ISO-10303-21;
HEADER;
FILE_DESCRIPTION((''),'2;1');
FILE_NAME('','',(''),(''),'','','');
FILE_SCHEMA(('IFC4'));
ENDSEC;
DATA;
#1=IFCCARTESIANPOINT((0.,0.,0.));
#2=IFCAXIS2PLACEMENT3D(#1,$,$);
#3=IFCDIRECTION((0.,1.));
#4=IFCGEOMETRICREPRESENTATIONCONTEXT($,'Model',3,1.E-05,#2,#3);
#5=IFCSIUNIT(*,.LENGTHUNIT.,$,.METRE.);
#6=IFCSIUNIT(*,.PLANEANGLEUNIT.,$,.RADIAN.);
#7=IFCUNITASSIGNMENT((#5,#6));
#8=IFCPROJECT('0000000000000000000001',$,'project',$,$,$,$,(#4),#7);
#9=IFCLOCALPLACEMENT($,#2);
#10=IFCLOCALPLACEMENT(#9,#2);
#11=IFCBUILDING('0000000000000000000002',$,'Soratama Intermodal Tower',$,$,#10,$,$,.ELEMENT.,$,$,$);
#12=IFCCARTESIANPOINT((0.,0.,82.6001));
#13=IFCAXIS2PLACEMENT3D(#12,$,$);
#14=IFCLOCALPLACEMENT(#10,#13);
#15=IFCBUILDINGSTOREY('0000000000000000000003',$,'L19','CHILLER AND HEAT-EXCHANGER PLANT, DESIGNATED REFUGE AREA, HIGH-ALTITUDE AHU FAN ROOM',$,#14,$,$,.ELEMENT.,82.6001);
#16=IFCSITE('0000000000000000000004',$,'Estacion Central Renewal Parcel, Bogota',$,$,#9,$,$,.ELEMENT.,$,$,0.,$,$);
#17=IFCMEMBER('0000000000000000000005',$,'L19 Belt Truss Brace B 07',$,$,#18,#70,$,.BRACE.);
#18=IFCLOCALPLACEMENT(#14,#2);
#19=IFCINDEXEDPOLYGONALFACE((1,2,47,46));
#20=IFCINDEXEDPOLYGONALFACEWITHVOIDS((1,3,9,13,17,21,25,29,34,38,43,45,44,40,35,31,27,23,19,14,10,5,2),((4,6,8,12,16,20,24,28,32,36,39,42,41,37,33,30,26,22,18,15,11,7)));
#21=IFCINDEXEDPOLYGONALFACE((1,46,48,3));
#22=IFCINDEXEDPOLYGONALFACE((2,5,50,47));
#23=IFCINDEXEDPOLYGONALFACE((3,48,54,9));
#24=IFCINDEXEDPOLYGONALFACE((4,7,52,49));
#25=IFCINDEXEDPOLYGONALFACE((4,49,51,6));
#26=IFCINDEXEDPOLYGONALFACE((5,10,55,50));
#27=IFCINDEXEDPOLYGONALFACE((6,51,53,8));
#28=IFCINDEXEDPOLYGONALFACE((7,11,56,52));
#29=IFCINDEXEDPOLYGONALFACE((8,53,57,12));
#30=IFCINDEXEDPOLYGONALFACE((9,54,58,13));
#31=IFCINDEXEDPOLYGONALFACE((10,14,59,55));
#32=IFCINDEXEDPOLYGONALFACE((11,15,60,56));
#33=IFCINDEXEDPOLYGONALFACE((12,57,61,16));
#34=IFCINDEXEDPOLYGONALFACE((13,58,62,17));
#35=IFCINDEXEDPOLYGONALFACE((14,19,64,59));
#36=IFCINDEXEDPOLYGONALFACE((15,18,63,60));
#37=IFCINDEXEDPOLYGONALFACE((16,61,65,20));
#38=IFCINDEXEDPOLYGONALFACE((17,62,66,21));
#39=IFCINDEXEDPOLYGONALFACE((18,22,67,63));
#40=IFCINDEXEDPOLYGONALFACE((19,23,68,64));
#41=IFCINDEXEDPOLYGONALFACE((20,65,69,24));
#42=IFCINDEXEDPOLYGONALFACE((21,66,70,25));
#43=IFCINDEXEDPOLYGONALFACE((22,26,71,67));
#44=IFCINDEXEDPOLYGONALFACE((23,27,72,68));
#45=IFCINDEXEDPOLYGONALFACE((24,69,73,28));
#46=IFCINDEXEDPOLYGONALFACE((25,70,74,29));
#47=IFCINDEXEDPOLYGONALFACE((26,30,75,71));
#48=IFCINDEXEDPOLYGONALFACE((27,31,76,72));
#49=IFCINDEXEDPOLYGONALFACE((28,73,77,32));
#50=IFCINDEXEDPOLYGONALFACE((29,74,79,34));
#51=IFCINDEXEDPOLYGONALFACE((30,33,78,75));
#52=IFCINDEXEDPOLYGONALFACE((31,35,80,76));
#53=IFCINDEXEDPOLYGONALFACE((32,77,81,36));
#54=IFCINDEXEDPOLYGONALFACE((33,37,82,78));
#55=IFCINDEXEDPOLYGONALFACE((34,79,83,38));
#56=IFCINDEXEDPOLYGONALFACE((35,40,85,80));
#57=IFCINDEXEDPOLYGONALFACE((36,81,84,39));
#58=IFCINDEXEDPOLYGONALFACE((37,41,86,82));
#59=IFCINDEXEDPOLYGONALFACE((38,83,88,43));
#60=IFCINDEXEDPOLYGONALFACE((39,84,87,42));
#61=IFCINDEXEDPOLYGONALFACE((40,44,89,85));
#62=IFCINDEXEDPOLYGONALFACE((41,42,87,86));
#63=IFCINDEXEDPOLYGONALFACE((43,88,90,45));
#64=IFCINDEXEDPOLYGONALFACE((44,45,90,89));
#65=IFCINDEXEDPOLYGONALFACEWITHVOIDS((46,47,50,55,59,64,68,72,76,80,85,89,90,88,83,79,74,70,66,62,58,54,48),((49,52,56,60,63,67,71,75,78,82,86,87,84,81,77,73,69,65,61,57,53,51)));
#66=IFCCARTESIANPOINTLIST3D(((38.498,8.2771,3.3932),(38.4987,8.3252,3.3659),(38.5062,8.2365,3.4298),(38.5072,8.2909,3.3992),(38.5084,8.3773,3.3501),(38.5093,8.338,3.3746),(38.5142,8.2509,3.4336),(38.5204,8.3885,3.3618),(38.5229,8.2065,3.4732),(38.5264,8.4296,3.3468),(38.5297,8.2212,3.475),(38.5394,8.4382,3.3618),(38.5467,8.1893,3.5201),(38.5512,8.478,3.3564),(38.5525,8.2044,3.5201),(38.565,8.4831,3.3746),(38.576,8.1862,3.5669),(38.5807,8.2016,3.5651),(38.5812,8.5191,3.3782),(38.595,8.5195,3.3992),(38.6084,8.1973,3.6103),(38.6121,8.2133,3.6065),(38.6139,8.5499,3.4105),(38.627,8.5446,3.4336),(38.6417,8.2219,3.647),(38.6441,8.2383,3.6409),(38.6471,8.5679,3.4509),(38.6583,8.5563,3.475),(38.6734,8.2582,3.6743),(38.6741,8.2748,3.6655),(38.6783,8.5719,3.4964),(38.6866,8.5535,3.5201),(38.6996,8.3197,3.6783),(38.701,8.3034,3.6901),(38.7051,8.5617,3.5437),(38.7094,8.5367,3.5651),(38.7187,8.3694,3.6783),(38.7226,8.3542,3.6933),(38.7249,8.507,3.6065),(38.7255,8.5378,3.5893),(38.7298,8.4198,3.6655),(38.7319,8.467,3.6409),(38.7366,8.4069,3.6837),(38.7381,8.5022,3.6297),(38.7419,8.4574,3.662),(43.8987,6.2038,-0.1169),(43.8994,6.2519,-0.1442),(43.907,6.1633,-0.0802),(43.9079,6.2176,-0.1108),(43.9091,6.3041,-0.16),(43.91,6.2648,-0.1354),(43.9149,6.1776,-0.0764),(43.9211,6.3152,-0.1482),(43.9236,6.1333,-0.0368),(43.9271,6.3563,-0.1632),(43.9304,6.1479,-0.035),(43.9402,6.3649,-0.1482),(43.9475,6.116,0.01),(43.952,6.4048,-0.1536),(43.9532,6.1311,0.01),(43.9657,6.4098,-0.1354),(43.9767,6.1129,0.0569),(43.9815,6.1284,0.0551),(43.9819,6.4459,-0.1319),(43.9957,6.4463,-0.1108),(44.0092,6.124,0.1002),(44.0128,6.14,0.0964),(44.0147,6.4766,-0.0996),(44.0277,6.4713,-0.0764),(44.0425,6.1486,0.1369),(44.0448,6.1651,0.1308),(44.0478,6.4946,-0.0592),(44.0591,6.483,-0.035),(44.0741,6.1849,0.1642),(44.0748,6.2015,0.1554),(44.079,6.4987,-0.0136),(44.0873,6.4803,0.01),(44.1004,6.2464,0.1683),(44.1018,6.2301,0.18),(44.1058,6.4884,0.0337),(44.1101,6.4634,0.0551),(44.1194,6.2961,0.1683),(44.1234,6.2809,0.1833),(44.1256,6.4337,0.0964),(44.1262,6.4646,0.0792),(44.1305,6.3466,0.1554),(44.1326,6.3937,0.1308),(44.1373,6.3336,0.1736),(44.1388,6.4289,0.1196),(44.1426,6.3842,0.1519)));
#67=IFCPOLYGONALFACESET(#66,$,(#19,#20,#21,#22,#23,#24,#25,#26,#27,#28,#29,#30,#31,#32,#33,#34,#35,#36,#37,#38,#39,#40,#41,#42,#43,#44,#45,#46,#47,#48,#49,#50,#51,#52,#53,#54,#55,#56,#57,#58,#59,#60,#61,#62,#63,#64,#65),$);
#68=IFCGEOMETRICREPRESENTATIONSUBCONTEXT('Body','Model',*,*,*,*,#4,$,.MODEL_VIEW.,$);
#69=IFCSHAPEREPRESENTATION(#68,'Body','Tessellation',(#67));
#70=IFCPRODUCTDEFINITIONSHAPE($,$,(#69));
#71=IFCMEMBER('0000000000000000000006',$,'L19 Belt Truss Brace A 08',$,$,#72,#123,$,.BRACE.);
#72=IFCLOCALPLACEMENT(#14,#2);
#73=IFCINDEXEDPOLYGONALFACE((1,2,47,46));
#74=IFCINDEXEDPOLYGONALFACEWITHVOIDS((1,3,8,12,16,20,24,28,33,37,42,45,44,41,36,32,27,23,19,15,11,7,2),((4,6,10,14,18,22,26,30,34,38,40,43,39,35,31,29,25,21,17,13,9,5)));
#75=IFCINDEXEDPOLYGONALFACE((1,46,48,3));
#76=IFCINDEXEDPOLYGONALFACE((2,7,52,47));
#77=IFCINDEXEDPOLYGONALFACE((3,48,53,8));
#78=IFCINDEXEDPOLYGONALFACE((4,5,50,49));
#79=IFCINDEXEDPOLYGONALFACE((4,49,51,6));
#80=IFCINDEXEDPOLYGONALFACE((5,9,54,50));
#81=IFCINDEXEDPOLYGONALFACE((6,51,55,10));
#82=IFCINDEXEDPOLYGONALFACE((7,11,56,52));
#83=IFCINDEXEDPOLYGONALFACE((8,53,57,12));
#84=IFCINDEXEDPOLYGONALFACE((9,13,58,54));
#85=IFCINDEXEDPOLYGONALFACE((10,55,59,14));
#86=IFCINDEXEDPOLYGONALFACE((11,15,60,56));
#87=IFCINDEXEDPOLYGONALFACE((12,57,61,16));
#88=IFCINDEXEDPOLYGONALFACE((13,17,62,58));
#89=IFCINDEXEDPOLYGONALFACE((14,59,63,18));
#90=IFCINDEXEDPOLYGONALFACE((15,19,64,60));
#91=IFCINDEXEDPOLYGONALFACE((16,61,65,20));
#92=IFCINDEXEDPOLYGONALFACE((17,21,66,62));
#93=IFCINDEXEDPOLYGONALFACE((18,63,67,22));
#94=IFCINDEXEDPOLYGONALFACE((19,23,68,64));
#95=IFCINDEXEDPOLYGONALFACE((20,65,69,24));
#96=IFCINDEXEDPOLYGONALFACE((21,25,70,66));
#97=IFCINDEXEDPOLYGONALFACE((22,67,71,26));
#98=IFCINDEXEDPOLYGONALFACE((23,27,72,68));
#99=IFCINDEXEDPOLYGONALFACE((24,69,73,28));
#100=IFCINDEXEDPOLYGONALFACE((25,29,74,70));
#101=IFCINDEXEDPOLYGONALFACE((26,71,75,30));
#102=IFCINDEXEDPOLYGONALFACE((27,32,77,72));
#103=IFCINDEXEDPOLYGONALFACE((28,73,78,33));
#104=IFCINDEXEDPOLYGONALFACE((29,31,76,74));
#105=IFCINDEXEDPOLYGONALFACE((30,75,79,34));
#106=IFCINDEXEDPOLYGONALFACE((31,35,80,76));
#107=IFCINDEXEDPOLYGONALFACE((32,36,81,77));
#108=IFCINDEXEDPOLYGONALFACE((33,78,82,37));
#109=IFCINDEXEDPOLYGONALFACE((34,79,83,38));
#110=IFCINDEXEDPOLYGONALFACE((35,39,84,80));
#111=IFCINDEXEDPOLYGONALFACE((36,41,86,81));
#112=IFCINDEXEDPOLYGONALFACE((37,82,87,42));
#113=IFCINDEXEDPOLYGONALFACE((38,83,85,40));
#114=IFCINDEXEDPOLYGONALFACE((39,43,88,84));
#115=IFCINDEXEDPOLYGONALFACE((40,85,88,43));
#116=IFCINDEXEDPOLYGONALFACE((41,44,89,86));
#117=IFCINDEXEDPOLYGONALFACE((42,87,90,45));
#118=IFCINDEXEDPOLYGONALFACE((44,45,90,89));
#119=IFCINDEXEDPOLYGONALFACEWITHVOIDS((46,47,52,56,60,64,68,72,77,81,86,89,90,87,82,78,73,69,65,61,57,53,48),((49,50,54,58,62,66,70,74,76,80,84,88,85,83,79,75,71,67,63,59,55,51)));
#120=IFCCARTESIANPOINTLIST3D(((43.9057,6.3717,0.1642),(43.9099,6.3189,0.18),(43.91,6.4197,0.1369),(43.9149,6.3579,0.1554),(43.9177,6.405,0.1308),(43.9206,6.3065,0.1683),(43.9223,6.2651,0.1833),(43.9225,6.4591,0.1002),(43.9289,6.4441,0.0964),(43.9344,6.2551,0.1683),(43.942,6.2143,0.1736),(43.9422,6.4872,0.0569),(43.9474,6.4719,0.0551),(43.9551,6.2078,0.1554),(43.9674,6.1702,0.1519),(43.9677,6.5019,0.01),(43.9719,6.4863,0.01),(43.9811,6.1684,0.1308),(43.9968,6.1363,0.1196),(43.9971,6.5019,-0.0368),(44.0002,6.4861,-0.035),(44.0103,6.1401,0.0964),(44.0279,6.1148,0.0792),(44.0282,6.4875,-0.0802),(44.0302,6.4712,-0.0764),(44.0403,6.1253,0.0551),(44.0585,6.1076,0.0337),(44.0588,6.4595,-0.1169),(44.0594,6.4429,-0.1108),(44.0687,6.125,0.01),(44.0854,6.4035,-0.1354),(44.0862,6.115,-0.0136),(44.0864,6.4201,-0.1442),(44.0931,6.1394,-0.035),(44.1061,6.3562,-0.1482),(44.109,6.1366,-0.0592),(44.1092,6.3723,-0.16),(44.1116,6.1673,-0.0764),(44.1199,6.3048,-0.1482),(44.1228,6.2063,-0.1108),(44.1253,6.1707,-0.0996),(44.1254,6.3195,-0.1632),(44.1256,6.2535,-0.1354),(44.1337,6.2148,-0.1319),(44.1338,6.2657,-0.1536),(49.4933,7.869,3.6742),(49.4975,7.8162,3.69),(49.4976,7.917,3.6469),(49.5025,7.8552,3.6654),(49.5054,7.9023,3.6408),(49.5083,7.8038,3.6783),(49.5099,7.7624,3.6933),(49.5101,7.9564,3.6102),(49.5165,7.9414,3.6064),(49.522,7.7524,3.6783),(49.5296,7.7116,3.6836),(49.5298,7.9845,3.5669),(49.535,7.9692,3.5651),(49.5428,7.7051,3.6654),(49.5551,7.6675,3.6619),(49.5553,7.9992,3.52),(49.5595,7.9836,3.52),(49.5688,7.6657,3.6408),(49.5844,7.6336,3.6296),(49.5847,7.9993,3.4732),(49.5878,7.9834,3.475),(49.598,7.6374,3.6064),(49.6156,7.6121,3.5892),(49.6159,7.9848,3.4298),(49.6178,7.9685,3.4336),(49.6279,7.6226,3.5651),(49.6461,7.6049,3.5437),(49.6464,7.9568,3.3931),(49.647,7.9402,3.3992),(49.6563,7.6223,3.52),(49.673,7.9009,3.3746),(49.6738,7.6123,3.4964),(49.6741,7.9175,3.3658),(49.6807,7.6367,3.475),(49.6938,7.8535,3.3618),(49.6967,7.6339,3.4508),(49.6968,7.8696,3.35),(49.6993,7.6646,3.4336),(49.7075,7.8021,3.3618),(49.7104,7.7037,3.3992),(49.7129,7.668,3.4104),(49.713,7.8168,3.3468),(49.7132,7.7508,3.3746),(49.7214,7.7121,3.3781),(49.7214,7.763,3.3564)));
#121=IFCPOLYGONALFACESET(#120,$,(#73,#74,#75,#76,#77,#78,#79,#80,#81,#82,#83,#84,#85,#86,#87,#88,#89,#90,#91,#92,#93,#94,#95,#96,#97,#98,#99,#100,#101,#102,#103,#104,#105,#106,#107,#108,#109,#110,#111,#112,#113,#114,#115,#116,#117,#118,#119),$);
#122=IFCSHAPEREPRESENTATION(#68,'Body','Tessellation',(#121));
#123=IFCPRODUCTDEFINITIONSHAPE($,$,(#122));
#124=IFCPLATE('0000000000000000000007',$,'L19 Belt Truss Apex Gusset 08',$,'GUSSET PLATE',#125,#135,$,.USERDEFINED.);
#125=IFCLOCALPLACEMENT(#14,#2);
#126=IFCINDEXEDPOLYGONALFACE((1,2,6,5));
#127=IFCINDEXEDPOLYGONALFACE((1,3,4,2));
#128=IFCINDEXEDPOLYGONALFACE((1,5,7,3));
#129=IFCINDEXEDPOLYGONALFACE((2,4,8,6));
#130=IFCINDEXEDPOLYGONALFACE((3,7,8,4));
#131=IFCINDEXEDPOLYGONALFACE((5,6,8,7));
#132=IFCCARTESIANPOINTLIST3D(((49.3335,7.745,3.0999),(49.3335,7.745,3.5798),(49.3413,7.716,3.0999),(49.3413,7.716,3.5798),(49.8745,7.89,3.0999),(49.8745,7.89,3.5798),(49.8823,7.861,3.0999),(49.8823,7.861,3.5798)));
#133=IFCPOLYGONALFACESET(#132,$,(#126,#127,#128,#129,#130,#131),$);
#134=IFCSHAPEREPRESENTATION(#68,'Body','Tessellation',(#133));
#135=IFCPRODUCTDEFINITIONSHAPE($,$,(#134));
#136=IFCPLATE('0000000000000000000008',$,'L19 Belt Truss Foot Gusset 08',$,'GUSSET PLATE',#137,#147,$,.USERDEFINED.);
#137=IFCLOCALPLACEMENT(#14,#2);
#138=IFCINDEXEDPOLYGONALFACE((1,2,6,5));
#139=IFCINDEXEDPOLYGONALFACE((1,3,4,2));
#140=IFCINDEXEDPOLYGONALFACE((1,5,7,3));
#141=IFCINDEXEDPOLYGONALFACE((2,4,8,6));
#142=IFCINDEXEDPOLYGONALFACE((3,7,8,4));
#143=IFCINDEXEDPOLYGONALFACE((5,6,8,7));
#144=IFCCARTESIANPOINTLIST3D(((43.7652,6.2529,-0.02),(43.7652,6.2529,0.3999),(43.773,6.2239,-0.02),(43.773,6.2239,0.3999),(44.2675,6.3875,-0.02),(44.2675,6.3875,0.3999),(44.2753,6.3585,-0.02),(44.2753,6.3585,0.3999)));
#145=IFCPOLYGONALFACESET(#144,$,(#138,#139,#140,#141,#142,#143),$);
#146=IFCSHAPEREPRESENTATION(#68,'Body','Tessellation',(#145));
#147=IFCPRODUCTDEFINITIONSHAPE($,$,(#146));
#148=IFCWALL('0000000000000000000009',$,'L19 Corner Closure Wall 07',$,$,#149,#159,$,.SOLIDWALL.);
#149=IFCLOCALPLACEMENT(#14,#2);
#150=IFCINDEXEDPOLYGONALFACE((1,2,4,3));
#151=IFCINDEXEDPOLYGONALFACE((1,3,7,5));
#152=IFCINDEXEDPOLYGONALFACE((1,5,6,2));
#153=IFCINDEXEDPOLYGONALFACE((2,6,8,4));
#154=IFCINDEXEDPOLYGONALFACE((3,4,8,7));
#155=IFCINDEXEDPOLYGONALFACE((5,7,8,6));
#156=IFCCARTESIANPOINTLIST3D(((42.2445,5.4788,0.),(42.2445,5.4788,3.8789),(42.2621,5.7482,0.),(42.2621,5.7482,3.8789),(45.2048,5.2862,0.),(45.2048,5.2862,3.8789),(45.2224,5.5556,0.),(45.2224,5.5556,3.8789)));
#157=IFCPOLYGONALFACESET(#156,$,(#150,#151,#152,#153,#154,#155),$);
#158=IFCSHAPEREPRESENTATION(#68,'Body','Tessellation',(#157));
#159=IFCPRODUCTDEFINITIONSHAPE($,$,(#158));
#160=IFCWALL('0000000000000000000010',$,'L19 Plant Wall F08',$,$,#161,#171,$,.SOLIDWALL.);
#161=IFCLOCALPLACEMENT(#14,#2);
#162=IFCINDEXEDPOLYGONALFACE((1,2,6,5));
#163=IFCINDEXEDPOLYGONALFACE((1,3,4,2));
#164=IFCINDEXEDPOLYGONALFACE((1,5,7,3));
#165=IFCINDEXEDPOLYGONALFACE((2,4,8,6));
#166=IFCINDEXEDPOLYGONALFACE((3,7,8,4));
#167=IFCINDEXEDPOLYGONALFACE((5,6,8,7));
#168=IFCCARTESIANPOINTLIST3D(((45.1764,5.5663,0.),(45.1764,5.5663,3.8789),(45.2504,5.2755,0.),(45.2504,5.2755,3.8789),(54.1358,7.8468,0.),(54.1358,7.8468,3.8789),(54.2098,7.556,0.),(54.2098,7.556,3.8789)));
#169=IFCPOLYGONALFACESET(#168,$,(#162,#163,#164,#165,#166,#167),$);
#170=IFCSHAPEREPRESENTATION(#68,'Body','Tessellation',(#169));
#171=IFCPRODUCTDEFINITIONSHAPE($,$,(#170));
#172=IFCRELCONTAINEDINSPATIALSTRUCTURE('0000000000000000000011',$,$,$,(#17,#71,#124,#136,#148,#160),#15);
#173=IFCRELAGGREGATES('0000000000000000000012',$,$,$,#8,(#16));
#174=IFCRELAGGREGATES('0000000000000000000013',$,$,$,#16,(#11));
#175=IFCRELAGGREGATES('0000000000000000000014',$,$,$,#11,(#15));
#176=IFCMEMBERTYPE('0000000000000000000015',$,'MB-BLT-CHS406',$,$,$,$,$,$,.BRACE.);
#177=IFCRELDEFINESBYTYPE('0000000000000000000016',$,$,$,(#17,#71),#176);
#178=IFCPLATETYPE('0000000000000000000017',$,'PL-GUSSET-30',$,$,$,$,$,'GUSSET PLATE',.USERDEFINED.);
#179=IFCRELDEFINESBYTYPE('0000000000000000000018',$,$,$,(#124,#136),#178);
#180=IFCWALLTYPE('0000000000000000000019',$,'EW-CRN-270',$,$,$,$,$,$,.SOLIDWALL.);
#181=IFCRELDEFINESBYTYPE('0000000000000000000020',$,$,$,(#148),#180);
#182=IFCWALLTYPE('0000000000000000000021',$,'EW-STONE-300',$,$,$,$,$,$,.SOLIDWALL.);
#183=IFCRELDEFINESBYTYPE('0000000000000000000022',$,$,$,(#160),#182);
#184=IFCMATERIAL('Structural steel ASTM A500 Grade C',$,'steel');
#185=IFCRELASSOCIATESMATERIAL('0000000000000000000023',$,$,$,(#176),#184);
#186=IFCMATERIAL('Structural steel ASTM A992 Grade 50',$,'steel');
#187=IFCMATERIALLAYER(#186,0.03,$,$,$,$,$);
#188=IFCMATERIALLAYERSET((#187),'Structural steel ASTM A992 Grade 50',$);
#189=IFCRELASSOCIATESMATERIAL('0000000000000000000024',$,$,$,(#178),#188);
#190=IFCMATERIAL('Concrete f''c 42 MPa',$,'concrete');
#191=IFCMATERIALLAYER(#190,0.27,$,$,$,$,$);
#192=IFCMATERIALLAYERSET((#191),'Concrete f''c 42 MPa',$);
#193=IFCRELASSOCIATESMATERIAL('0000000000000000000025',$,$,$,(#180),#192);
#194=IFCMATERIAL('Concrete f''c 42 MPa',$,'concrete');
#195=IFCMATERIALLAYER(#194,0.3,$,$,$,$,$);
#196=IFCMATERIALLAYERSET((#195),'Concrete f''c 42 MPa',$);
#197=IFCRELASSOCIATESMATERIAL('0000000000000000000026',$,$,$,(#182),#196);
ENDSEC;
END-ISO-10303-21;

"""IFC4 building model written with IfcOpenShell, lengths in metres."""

from ifc_helpers import new_model, si_unit, direction, frame, frame_2d, origin, origin_2d, place, context, subcontext, project, spatial, rectangle, hollow_circle, extrude, material, layer, layer_set, material_profile, profile_set, type_object, element, save


model = new_model("IFC4")

# Units and contexts
model_context = context("Model", 3, precision=1e-05, world=origin(), true_north=direction((0.0, 1.0)))
body_context = subcontext(model_context, "Body", "Model", "MODEL_VIEW")
ifc_project = project(units=[si_unit("LENGTHUNIT", "METRE"), si_unit("PLANEANGLEUNIT", "RADIAN")], contexts=[model_context])

# Site, building, storey
site_placement = place(None, origin())
site = spatial("IfcSite", under=ifc_project, at=site_placement, Name="Estacion Central Renewal Parcel, Bogota", CompositionType="ELEMENT", RefElevation=0.0)
building_placement = place(site_placement, origin())
building = spatial("IfcBuilding", under=site, at=building_placement, Name="Soratama Intermodal Tower", CompositionType="ELEMENT")
storey_placement = place(building_placement, frame((0.0, 0.0, 82.6001)))
storey = spatial("IfcBuildingStorey", under=building, at=storey_placement, Name="L19", Description="CHILLER AND HEAT-EXCHANGER PLANT, DESIGNATED REFUGE AREA, HIGH-ALTITUDE AHU FAN ROOM", CompositionType="ELEMENT", Elevation=82.6001)

# Members
ifc_material_1 = material(Name="Structural steel ASTM A500 Grade C", Category="steel")
ifc_material_profile_1 = material_profile(ifc_material_1, hollow_circle(Radius=0.2031, WallThickness=0.0161, at=origin_2d()), Name="CHS406X16")
ifc_profile_set_1 = profile_set([ifc_material_profile_1], Name="Structural steel ASTM A500 Grade C")
member_type = type_object("IfcMemberType", Name="MB-BLT-CHS406", PredefinedType="BRACE", material=ifc_profile_set_1)
member_1_placement = place(storey_placement, frame((44.0203, 6.3057, 0.01), z_axis=(-0.798144, 0.306399, 0.518734), x_axis=(-0.358388, -0.933573, 0.0)))
element("IfcMember", 1, at=member_1_placement, inside=storey, type_object=member_type, Name="L19 Belt Truss Brace B 07", PredefinedType="BRACE", context=body_context, shape_type="SweptSolid", body=[
    extrude(hollow_circle(Radius=0.2031, WallThickness=0.0161, at=origin_2d()), origin(), (0.0, 0.0, 1.0), 6.7666),
])
member_2_placement = place(storey_placement, frame((44.0203, 6.3057, 0.01), z_axis=(0.825795, 0.221287, 0.518743), x_axis=(-0.258837, 0.965921, 0.0)))
element("IfcMember", 2, at=member_2_placement, inside=storey, type_object=member_type, Name="L19 Belt Truss Brace A 08", PredefinedType="BRACE", context=body_context, shape_type="SweptSolid", body=[
    extrude(hollow_circle(Radius=0.2031, WallThickness=0.0161, at=origin_2d()), origin(), (0.0, 0.0, 1.0), 6.7664),
])

# Plates
ifc_material_2 = material(Name="Structural steel ASTM A992 Grade 50", Category="steel")
ifc_layer_1 = layer(ifc_material_2, 0.03)
ifc_layer_set_1 = layer_set([ifc_layer_1], Name="Structural steel ASTM A992 Grade 50")
plate_type = type_object("IfcPlateType", Name="PL-GUSSET-30", ElementType="GUSSET PLATE", PredefinedType="USERDEFINED", material=ifc_layer_set_1)
plate_1_placement = place(storey_placement, frame((49.6079, 7.803, 3.0999), z_axis=(0.0, 0.0, 1.0), x_axis=(0.965926, 0.258819, 0.0)))
element("IfcPlate", 3, at=plate_1_placement, inside=storey, type_object=plate_type, Name="L19 Belt Truss Apex Gusset 08", ObjectType="GUSSET PLATE", PredefinedType="USERDEFINED", context=body_context, shape_type="SweptSolid", body=[
    extrude(rectangle(XDim=0.5601, YDim=0.03, at=origin_2d()), origin(), (0.0, 0.0, 1.0), 0.48),
])
plate_2_placement = place(storey_placement, frame((44.0203, 6.3057, -0.02), z_axis=(0.0, 0.0, 1.0), x_axis=(0.965926, 0.258819, 0.0)))
element("IfcPlate", 4, at=plate_2_placement, inside=storey, type_object=plate_type, Name="L19 Belt Truss Foot Gusset 08", ObjectType="GUSSET PLATE", PredefinedType="USERDEFINED", context=body_context, shape_type="SweptSolid", body=[
    extrude(rectangle(XDim=0.52, YDim=0.03, at=origin_2d()), origin(), (0.0, 0.0, 1.0), 0.4199),
])

# Walls
ifc_material_3 = material(Name="Concrete f'c 42 MPa", Category="concrete")
ifc_layer_2 = layer(ifc_material_3, 0.27)
ifc_layer_set_2 = layer_set([ifc_layer_2], Name="Concrete f'c 42 MPa")
wall_type_1 = type_object("IfcWallType", Name="EW-CRN-270", PredefinedType="SOLIDWALL", material=ifc_layer_set_2)
wall_1_placement = place(storey_placement, frame((42.2532, 5.6135, 0.0), z_axis=(0.0, 0.0, 1.0), x_axis=(0.99789, -0.064935, 0.0)))
element("IfcWall", 5, at=wall_1_placement, inside=storey, type_object=wall_type_1, Name="L19 Corner Closure Wall 07", PredefinedType="SOLIDWALL", context=body_context, shape_type="SweptSolid", body=[
    extrude(rectangle(XDim=2.9666, YDim=0.27, at=frame_2d((1.4834, 0.0))), origin(), (0.0, 0.0, 1.0), 3.8789),
])
ifc_material_4 = material(Name="Concrete f'c 42 MPa", Category="concrete")
ifc_layer_3 = layer(ifc_material_4, 0.3)
ifc_layer_set_3 = layer_set([ifc_layer_3], Name="Concrete f'c 42 MPa")
wall_type_2 = type_object("IfcWallType", Name="EW-STONE-300", PredefinedType="SOLIDWALL", material=ifc_layer_set_3)
wall_2_placement = place(storey_placement, frame((45.2134, 5.4209, 0.0), z_axis=(0.0, 0.0, 1.0), x_axis=(0.969099, 0.246672, 0.0)))
element("IfcWall", 6, at=wall_2_placement, inside=storey, type_object=wall_type_2, Name="L19 Plant Wall F08", PredefinedType="SOLIDWALL", context=body_context, shape_type="SweptSolid", body=[
    extrude(rectangle(XDim=9.2451, YDim=0.3, at=frame_2d((4.6226, 0.0))), origin(), (0.0, 0.0, 1.0), 3.8789),
])

save(model, "model.ifc")
